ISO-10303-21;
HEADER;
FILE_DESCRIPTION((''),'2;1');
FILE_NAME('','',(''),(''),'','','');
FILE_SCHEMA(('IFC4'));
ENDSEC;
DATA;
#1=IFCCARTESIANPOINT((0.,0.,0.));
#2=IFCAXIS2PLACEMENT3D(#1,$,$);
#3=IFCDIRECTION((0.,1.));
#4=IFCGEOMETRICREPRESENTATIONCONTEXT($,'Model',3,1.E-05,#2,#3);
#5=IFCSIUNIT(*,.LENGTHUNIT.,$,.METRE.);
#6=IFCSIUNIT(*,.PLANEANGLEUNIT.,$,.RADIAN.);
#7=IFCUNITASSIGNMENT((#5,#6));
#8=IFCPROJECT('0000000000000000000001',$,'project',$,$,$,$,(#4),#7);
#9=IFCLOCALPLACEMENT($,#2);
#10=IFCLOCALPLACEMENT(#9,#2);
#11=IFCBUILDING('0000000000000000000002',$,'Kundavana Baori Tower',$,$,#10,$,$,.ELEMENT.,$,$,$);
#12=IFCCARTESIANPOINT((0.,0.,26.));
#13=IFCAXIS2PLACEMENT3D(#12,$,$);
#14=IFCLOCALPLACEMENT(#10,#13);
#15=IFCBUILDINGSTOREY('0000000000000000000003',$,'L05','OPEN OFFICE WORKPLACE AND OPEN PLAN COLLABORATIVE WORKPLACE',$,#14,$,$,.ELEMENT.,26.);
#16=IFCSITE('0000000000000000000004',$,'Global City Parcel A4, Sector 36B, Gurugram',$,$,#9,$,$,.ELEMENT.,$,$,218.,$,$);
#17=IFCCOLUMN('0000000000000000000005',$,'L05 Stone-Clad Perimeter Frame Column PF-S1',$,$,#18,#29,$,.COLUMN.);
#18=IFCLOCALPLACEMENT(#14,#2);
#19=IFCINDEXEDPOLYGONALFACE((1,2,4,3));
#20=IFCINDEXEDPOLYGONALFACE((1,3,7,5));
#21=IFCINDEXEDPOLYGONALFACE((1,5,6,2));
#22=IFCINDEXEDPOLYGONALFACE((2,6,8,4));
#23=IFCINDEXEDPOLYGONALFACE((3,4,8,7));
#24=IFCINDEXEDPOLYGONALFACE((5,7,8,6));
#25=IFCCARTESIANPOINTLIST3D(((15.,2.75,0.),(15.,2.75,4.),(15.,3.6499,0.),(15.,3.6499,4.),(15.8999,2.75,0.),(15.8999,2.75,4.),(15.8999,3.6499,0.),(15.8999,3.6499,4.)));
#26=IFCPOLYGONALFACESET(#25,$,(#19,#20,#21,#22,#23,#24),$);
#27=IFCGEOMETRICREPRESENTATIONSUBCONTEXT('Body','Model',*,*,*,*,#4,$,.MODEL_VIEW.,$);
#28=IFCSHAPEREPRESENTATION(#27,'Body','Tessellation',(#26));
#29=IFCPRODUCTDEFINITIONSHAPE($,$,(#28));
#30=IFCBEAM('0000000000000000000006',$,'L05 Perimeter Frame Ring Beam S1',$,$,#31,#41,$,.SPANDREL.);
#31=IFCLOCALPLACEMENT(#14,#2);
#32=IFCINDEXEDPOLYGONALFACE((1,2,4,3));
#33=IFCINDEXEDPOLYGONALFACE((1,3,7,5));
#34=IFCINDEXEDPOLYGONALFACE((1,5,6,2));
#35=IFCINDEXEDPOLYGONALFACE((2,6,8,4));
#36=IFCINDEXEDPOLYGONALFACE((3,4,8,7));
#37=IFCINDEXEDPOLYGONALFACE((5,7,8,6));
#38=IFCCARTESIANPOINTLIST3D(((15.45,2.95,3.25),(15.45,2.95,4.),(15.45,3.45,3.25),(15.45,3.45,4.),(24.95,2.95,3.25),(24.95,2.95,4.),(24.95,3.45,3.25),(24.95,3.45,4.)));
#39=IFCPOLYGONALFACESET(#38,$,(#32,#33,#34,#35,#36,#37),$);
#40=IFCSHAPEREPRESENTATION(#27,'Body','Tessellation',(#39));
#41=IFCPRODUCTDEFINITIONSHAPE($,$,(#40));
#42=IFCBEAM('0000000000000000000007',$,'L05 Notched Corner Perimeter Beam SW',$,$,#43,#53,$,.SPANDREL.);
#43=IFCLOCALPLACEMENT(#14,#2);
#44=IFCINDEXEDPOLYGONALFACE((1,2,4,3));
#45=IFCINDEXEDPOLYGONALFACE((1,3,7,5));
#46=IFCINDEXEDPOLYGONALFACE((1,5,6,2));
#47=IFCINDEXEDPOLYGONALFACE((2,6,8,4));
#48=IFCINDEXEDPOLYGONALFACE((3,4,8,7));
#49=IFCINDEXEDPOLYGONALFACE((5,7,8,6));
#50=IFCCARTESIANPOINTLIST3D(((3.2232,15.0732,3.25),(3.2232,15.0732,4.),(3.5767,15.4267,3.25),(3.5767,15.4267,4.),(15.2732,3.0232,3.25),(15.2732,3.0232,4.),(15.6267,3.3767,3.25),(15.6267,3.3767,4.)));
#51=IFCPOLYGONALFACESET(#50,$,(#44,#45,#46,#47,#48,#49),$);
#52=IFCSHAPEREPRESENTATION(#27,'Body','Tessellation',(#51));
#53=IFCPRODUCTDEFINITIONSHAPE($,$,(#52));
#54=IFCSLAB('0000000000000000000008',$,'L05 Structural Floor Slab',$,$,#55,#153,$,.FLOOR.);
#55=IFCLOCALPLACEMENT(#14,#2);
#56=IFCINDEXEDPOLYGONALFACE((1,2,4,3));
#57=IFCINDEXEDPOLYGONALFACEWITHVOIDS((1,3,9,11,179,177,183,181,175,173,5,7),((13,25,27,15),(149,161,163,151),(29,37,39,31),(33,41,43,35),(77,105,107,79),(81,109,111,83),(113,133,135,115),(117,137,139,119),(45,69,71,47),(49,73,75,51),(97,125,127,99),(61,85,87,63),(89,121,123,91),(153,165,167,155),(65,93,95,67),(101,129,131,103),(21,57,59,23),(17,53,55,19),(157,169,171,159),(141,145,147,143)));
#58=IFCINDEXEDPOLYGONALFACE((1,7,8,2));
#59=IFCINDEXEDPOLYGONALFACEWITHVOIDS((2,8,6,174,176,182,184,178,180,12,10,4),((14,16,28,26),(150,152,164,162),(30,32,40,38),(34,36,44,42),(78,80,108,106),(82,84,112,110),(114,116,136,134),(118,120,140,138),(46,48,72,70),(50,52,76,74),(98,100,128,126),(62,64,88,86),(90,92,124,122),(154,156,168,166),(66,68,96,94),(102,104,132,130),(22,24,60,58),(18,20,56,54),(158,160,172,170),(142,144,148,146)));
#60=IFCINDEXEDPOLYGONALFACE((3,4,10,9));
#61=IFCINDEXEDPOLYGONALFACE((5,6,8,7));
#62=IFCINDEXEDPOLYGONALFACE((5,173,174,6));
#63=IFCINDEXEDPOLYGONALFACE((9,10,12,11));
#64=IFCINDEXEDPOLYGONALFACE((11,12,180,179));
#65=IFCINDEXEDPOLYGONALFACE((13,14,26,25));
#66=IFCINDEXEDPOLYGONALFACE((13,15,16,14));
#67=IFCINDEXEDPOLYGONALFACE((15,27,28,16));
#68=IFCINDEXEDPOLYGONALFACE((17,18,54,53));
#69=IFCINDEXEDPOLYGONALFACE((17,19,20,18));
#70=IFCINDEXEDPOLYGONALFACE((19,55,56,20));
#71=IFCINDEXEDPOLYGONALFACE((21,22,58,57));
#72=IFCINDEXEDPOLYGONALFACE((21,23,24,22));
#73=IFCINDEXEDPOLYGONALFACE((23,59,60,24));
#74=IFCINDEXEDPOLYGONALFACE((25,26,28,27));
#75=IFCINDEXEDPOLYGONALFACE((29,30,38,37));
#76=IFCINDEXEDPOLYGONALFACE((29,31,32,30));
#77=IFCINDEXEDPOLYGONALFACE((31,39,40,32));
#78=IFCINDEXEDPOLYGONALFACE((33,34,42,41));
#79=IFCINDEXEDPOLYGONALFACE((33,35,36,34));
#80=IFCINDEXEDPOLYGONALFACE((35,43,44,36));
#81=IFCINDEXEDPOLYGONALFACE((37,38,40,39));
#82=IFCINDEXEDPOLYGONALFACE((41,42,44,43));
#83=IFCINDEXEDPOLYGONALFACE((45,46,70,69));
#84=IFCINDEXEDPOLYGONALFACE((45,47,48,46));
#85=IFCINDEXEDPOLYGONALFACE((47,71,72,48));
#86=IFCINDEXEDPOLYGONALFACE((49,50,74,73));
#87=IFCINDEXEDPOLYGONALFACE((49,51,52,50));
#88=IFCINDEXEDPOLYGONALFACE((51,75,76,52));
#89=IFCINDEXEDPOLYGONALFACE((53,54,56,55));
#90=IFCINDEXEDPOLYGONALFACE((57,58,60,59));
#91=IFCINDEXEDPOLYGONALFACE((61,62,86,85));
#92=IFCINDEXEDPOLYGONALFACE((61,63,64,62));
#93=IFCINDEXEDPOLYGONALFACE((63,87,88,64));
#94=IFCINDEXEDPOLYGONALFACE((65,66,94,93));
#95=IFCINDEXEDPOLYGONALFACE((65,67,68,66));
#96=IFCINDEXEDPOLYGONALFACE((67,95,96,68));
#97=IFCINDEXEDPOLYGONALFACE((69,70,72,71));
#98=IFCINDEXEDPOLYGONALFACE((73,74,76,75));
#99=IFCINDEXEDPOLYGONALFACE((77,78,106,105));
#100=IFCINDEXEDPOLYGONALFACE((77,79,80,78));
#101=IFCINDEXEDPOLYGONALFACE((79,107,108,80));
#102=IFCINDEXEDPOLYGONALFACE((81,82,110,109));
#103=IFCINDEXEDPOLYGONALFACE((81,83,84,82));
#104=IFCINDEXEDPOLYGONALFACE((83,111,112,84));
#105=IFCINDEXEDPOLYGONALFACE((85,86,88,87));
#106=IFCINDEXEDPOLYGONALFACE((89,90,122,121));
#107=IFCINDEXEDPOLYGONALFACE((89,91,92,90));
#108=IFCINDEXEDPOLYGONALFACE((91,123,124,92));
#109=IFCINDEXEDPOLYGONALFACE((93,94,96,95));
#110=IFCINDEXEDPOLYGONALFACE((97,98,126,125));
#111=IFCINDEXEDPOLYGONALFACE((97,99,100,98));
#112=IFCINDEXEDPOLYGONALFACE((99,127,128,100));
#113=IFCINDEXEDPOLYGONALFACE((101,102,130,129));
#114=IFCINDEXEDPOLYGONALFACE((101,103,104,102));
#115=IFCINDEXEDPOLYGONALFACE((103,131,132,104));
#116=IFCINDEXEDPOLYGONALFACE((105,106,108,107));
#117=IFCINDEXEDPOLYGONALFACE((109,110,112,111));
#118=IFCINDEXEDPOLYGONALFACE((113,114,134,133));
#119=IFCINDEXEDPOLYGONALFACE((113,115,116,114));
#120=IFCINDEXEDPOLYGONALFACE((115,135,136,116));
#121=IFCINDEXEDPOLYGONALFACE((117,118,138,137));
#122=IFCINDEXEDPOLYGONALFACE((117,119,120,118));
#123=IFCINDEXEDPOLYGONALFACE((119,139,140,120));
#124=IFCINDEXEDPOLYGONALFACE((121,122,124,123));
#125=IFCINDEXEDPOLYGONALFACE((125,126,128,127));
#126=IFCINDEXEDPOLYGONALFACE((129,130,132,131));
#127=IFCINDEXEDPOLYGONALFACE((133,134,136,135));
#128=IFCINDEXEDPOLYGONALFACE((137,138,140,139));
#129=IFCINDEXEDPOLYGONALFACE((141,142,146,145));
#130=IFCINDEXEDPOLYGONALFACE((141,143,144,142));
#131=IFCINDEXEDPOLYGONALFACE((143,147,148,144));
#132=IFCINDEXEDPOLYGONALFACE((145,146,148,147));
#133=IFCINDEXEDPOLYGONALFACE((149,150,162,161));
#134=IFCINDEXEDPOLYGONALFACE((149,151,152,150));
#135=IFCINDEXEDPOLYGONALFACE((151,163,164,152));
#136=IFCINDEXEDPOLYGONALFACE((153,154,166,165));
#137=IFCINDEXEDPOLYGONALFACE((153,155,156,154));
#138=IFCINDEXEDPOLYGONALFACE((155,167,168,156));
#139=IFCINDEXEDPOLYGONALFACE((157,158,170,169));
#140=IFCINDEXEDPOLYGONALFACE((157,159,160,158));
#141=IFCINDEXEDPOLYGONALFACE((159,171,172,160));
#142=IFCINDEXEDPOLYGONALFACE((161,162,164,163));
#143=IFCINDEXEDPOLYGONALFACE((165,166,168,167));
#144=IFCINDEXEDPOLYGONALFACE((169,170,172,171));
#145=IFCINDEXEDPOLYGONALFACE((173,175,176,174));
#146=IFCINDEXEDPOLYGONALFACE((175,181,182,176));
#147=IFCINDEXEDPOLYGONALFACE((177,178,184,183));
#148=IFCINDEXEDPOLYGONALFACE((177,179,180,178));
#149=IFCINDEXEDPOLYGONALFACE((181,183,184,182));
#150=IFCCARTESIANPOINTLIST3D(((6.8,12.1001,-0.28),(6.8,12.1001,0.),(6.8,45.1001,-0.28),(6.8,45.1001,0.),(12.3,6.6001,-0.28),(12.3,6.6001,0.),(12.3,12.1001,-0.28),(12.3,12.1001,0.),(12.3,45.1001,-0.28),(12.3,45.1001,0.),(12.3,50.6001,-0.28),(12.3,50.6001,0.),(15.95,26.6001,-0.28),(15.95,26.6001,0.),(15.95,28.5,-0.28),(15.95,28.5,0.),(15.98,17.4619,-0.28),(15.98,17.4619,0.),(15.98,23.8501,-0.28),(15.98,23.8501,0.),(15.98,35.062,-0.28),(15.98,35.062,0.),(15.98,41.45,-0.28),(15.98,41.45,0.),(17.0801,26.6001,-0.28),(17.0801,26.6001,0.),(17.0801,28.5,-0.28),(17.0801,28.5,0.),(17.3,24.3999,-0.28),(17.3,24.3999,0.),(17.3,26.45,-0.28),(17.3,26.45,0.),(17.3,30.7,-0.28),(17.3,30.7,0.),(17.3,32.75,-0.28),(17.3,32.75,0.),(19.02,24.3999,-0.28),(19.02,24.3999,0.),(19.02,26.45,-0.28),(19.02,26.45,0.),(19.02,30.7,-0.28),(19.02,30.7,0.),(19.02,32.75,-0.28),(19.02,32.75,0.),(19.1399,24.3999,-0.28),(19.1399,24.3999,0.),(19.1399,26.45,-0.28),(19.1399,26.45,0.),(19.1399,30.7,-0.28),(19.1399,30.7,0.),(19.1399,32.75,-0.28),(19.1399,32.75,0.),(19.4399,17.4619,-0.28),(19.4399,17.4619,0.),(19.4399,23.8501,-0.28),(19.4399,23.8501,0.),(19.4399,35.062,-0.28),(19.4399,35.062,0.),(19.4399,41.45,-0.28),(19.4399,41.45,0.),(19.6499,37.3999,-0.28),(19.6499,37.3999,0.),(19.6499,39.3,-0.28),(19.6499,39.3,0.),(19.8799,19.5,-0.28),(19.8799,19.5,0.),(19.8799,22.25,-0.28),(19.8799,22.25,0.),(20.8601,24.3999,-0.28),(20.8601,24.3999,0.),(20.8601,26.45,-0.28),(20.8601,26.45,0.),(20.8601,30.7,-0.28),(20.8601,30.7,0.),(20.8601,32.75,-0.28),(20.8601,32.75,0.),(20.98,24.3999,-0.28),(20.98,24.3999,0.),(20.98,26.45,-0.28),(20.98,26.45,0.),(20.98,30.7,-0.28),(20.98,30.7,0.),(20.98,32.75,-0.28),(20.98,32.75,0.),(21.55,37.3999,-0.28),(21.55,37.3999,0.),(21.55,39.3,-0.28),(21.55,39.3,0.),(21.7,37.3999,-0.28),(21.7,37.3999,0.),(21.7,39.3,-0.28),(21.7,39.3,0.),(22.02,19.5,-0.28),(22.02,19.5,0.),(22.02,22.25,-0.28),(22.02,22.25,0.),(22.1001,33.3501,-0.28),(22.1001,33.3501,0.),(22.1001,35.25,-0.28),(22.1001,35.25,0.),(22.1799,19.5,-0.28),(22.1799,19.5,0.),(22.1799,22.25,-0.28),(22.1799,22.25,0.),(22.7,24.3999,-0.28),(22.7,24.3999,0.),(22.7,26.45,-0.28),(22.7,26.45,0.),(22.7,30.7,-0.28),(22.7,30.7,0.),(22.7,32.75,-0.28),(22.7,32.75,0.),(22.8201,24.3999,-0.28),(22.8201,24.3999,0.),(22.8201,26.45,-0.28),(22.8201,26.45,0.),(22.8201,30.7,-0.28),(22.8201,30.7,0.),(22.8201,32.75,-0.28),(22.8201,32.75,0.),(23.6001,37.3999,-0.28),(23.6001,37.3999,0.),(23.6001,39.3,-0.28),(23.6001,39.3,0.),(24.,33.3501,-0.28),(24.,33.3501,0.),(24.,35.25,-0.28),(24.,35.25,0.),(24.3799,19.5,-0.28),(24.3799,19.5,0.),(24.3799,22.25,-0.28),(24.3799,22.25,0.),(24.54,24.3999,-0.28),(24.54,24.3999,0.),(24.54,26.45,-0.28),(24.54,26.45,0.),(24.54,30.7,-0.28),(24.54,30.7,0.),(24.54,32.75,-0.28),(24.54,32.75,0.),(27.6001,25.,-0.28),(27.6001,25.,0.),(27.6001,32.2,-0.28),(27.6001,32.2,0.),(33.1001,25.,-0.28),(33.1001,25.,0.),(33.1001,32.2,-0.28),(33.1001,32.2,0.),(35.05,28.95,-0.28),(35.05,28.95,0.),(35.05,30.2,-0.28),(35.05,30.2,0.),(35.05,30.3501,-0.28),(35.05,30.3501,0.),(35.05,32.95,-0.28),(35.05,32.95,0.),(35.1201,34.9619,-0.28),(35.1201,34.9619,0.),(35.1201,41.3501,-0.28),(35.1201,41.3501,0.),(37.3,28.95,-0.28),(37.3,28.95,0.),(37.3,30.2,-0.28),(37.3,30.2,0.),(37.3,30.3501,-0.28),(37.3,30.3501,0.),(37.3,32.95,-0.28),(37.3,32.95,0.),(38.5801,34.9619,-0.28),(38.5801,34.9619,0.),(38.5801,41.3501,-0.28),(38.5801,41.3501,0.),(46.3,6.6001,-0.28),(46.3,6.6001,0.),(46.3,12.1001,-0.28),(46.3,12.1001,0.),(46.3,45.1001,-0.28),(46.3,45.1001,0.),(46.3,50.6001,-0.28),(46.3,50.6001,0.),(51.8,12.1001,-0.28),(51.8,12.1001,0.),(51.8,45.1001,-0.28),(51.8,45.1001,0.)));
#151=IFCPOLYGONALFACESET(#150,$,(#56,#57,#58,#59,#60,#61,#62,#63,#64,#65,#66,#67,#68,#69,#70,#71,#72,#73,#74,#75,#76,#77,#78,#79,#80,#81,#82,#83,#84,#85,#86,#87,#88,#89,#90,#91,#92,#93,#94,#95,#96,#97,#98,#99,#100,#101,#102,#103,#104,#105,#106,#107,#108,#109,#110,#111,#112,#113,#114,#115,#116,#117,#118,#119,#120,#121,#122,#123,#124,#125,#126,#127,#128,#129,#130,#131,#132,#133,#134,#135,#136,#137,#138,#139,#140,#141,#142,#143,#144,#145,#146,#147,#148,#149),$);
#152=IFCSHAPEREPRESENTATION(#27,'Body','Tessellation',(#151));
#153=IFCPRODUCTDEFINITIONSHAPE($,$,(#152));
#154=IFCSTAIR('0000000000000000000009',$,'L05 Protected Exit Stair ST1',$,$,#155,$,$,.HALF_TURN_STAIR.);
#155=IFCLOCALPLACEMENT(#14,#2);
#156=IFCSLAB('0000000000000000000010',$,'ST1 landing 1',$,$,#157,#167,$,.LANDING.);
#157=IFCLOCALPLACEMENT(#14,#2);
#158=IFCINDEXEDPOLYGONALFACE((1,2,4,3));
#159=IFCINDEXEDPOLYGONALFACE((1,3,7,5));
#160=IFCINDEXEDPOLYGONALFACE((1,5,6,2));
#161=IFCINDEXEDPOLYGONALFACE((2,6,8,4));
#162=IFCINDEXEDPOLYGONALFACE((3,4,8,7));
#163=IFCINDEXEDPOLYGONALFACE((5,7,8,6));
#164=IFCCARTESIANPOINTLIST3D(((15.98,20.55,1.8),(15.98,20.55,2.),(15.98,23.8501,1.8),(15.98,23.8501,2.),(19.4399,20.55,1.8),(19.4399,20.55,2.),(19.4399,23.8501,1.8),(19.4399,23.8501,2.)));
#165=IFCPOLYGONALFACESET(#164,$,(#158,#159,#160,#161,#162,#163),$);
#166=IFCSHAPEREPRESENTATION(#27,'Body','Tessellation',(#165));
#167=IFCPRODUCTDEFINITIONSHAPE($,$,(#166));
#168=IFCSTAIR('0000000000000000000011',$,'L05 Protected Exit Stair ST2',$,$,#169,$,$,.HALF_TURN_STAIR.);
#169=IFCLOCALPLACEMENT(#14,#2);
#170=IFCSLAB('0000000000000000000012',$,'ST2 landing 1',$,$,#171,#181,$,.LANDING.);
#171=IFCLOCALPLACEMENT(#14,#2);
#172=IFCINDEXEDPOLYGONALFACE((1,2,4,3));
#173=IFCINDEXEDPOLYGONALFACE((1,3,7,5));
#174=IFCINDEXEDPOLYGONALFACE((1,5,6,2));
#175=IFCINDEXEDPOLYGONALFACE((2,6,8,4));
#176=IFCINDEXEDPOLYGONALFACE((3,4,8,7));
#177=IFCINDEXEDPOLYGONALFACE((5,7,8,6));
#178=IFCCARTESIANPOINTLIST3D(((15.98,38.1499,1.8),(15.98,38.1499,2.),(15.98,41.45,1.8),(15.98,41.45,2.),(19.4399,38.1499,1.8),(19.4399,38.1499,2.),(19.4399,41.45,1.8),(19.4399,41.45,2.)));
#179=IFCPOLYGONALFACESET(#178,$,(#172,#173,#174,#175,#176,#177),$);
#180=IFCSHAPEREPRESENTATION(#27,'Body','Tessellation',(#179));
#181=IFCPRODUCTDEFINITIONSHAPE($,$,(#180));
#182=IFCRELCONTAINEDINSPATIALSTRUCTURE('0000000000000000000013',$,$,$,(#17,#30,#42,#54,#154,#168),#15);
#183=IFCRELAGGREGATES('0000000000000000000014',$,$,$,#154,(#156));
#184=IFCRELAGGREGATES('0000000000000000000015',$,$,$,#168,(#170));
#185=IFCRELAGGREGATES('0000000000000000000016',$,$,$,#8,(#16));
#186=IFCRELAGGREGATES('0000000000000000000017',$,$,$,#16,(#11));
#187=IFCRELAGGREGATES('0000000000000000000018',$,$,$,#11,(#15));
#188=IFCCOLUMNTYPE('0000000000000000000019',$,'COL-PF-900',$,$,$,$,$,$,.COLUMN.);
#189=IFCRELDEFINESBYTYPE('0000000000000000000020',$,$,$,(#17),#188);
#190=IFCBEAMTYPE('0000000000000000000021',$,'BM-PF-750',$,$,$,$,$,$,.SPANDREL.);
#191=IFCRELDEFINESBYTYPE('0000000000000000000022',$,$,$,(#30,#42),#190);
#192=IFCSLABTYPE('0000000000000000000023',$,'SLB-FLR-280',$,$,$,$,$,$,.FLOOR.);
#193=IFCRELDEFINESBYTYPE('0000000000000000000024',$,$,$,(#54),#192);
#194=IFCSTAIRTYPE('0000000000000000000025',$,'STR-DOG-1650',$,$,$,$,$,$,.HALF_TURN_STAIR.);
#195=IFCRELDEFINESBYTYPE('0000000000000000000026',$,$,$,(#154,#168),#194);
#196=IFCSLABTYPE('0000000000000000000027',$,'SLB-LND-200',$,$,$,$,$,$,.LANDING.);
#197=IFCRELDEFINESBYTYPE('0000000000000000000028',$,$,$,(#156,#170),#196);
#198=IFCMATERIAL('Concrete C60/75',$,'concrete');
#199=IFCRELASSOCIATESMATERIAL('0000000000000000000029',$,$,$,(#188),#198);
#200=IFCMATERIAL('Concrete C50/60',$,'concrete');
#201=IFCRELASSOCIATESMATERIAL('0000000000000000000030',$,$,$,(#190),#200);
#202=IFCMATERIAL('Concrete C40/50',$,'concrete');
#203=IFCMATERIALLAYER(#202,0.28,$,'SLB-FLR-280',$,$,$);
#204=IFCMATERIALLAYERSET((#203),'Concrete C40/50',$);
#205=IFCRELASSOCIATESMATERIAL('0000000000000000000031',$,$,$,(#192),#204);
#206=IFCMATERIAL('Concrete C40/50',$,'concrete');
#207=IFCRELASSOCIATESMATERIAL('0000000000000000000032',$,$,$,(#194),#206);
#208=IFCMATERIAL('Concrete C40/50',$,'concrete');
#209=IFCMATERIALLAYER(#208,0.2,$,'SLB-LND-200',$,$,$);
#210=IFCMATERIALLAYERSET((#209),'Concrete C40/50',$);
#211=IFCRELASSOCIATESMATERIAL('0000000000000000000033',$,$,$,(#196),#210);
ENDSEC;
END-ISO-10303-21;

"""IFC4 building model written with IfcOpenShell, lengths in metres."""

from ifc_helpers import new_model, si_unit, direction, frame, origin, origin_2d, place, context, subcontext, project, spatial, polyline, rectangle, outline, extrude, material, layer, layer_set, material_profile, profile_set, type_object, element, aggregate, save


model = new_model("IFC4")

# Units and contexts
model_context = context("Model", 3, precision=1e-05, world=origin(), true_north=direction((0.0, 1.0)))
body_context = subcontext(model_context, "Body", "Model", "MODEL_VIEW")
ifc_project = project(units=[si_unit("LENGTHUNIT", "METRE"), si_unit("PLANEANGLEUNIT", "RADIAN")], contexts=[model_context])

# Site, building, storey
site_placement = place(None, origin())
site = spatial("IfcSite", under=ifc_project, at=site_placement, Name="Global City Parcel A4, Sector 36B, Gurugram", CompositionType="ELEMENT", RefElevation=218.0)
building_placement = place(site_placement, origin())
building = spatial("IfcBuilding", under=site, at=building_placement, Name="Kundavana Baori Tower", CompositionType="ELEMENT")
storey_placement = place(building_placement, frame((0.0, 0.0, 26.0)))
storey = spatial("IfcBuildingStorey", under=building, at=storey_placement, Name="L05", Description="OPEN OFFICE WORKPLACE AND OPEN PLAN COLLABORATIVE WORKPLACE", CompositionType="ELEMENT", Elevation=26.0)

# Column
ifc_material_1 = material(Name="Concrete C60/75", Category="concrete")
ifc_material_profile_1 = material_profile(ifc_material_1, rectangle(XDim=0.8999, YDim=0.8999, at=origin_2d()), Name="RC PF 900x900")
ifc_profile_set_1 = profile_set([ifc_material_profile_1], Name="Concrete C60/75")
column_type = type_object("IfcColumnType", Name="COL-PF-900", PredefinedType="COLUMN", material=ifc_profile_set_1)
column_placement = place(storey_placement, frame((15.45, 3.2, 0.0), z_axis=(0.0, 0.0, 1.0), x_axis=(1.0, 0.0, 0.0)))
element("IfcColumn", 1, at=column_placement, inside=storey, type_object=column_type, Name="L05 Stone-Clad Perimeter Frame Column PF-S1", PredefinedType="COLUMN", context=body_context, shape_type="SweptSolid", body=[
    extrude(rectangle(XDim=0.8999, YDim=0.8999, at=origin_2d()), origin(), (0.0, 0.0, 1.0), 4.0),
])

# Beams
ifc_material_2 = material(Name="Concrete C50/60", Category="concrete")
ifc_material_profile_2 = material_profile(ifc_material_2, rectangle(XDim=0.5, YDim=0.75, at=origin_2d()), Name="RC BM 500x750")
ifc_profile_set_2 = profile_set([ifc_material_profile_2], Name="Concrete C50/60")
beam_type = type_object("IfcBeamType", Name="BM-PF-750", PredefinedType="SPANDREL", material=ifc_profile_set_2)
beam_1_placement = place(storey_placement, frame((15.45, 3.2, 3.625), z_axis=(1.0, 0.0, 0.0), x_axis=(0.0, 1.0, 0.0)))
element("IfcBeam", 2, at=beam_1_placement, inside=storey, type_object=beam_type, Name="L05 Perimeter Frame Ring Beam S1", PredefinedType="SPANDREL", context=body_context, shape_type="SweptSolid", body=[
    extrude(rectangle(XDim=0.5, YDim=0.75, at=origin_2d()), origin(), (0.0, 0.0, 1.0), 9.5),
])
beam_2_placement = place(storey_placement, frame((15.45, 3.2, 3.625), z_axis=(-0.707107, 0.707107, 0.0), x_axis=(-0.707107, -0.707107, 0.0)))
element("IfcBeam", 3, at=beam_2_placement, inside=storey, type_object=beam_type, Name="L05 Notched Corner Perimeter Beam SW", PredefinedType="SPANDREL", context=body_context, shape_type="SweptSolid", body=[
    extrude(rectangle(XDim=0.5, YDim=0.75, at=origin_2d()), origin(), (0.0, 0.0, 1.0), 17.0413),
])

# Slab
ifc_material_3 = material(Name="Concrete C40/50", Category="concrete")
ifc_layer_1 = layer(ifc_material_3, 0.28, Name="SLB-FLR-280")
ifc_layer_set_1 = layer_set([ifc_layer_1], Name="Concrete C40/50")
slab_type_1 = type_object("IfcSlabType", Name="SLB-FLR-280", PredefinedType="FLOOR", material=ifc_layer_set_1)
slab_1_placement = place(storey_placement, frame((0.0, 0.0, -0.28)))
element("IfcSlab", 4, at=slab_1_placement, inside=storey, type_object=slab_type_1, Name="L05 Structural Floor Slab", PredefinedType="FLOOR", context=body_context, shape_type="SweptSolid", body=[
    extrude(outline(polyline([(12.3, 6.6001), (46.3, 6.6001), (46.3, 12.1001), (51.8, 12.1001), (51.8, 45.1001), (46.3, 45.1001), (46.3, 50.6001), (12.3, 50.6001), (12.3, 45.1001), (6.8, 45.1001), (6.8, 12.1001), (12.3, 12.1001), (12.3, 6.6001)]), holes=[polyline([(19.4399, 17.4619), (19.4399, 23.8501), (15.98, 23.8501), (15.98, 17.4619), (19.4399, 17.4619)]), polyline([(19.4399, 35.062), (19.4399, 41.45), (15.98, 41.45), (15.98, 35.062), (19.4399, 35.062)]), polyline([(38.5801, 34.9619), (38.5801, 41.3501), (35.1201, 41.3501), (35.1201, 34.9619), (38.5801, 34.9619)]), polyline([(17.3, 24.3999), (19.02, 24.3999), (19.02, 26.45), (17.3, 26.45), (17.3, 24.3999)]), polyline([(19.1399, 24.3999), (20.8601, 24.3999), (20.8601, 26.45), (19.1399, 26.45), (19.1399, 24.3999)]), polyline([(20.98, 24.3999), (22.7, 24.3999), (22.7, 26.45), (20.98, 26.45), (20.98, 24.3999)]), polyline([(22.8201, 24.3999), (24.54, 24.3999), (24.54, 26.45), (22.8201, 26.45), (22.8201, 24.3999)]), polyline([(17.3, 30.7), (19.02, 30.7), (19.02, 32.75), (17.3, 32.75), (17.3, 30.7)]), polyline([(19.1399, 30.7), (20.8601, 30.7), (20.8601, 32.75), (19.1399, 32.75), (19.1399, 30.7)]), polyline([(20.98, 30.7), (22.7, 30.7), (22.7, 32.75), (20.98, 32.75), (20.98, 30.7)]), polyline([(22.8201, 30.7), (24.54, 30.7), (24.54, 32.75), (22.8201, 32.75), (22.8201, 30.7)]), polyline([(19.6499, 37.3999), (21.55, 37.3999), (21.55, 39.3), (19.6499, 39.3), (19.6499, 37.3999)]), polyline([(21.7, 37.3999), (23.6001, 37.3999), (23.6001, 39.3), (21.7, 39.3), (21.7, 37.3999)]), polyline([(22.1001, 33.3501), (24.0, 33.3501), (24.0, 35.25), (22.1001, 35.25), (22.1001, 33.3501)]), polyline([(19.8799, 19.5), (22.02, 19.5), (22.02, 22.25), (19.8799, 22.25), (19.8799, 19.5)]), polyline([(22.1799, 19.5), (24.3799, 19.5), (24.3799, 22.25), (22.1799, 22.25), (22.1799, 19.5)]), polyline([(35.05, 30.3501), (37.3, 30.3501), (37.3, 32.95), (35.05, 32.95), (35.05, 30.3501)]), polyline([(15.95, 26.6001), (17.0801, 26.6001), (17.0801, 28.5), (15.95, 28.5), (15.95, 26.6001)]), polyline([(35.05, 28.95), (37.3, 28.95), (37.3, 30.2), (35.05, 30.2), (35.05, 28.95)]), polyline([(27.6001, 25.0), (33.1001, 25.0), (33.1001, 32.2), (27.6001, 32.2), (27.6001, 25.0)])]), origin(), (0.0, 0.0, 1.0), 0.28),
])

# Stairs, slabs
ifc_material_4 = material(Name="Concrete C40/50", Category="concrete")
stair_type = type_object("IfcStairType", Name="STR-DOG-1650", PredefinedType="HALF_TURN_STAIR", material=ifc_material_4)
stair_1_placement = place(storey_placement, origin())
stair_1 = element("IfcStair", 5, at=stair_1_placement, inside=storey, type_object=stair_type, Name="L05 Protected Exit Stair ST1", PredefinedType="HALF_TURN_STAIR")
ifc_material_5 = material(Name="Concrete C40/50", Category="concrete")
ifc_layer_2 = layer(ifc_material_5, 0.2, Name="SLB-LND-200")
ifc_layer_set_2 = layer_set([ifc_layer_2], Name="Concrete C40/50")
slab_type_2 = type_object("IfcSlabType", Name="SLB-LND-200", PredefinedType="LANDING", material=ifc_layer_set_2)
slab_2_placement = place(storey_placement, frame((0.0, 0.0, 1.8)))
slab_2 = element("IfcSlab", 6, at=slab_2_placement, type_object=slab_type_2, Name="ST1 landing 1", PredefinedType="LANDING", context=body_context, shape_type="SweptSolid", body=[
    extrude(outline(polyline([(19.4399, 20.55), (19.4399, 23.8501), (15.98, 23.8501), (15.98, 20.55), (19.4399, 20.55)])), origin(), (0.0, 0.0, 1.0), 0.2),
])
aggregate(stair_1, [slab_2])
stair_2_placement = place(storey_placement, origin())
stair_2 = element("IfcStair", 7, at=stair_2_placement, inside=storey, type_object=stair_type, Name="L05 Protected Exit Stair ST2", PredefinedType="HALF_TURN_STAIR")
slab_3_placement = place(storey_placement, frame((0.0, 0.0, 1.8)))
slab_3 = element("IfcSlab", 8, at=slab_3_placement, type_object=slab_type_2, Name="ST2 landing 1", PredefinedType="LANDING", context=body_context, shape_type="SweptSolid", body=[
    extrude(outline(polyline([(19.4399, 38.1499), (19.4399, 41.45), (15.98, 41.45), (15.98, 38.1499), (19.4399, 38.1499)])), origin(), (0.0, 0.0, 1.0), 0.2),
])
aggregate(stair_2, [slab_3])

save(model, "model.ifc")
